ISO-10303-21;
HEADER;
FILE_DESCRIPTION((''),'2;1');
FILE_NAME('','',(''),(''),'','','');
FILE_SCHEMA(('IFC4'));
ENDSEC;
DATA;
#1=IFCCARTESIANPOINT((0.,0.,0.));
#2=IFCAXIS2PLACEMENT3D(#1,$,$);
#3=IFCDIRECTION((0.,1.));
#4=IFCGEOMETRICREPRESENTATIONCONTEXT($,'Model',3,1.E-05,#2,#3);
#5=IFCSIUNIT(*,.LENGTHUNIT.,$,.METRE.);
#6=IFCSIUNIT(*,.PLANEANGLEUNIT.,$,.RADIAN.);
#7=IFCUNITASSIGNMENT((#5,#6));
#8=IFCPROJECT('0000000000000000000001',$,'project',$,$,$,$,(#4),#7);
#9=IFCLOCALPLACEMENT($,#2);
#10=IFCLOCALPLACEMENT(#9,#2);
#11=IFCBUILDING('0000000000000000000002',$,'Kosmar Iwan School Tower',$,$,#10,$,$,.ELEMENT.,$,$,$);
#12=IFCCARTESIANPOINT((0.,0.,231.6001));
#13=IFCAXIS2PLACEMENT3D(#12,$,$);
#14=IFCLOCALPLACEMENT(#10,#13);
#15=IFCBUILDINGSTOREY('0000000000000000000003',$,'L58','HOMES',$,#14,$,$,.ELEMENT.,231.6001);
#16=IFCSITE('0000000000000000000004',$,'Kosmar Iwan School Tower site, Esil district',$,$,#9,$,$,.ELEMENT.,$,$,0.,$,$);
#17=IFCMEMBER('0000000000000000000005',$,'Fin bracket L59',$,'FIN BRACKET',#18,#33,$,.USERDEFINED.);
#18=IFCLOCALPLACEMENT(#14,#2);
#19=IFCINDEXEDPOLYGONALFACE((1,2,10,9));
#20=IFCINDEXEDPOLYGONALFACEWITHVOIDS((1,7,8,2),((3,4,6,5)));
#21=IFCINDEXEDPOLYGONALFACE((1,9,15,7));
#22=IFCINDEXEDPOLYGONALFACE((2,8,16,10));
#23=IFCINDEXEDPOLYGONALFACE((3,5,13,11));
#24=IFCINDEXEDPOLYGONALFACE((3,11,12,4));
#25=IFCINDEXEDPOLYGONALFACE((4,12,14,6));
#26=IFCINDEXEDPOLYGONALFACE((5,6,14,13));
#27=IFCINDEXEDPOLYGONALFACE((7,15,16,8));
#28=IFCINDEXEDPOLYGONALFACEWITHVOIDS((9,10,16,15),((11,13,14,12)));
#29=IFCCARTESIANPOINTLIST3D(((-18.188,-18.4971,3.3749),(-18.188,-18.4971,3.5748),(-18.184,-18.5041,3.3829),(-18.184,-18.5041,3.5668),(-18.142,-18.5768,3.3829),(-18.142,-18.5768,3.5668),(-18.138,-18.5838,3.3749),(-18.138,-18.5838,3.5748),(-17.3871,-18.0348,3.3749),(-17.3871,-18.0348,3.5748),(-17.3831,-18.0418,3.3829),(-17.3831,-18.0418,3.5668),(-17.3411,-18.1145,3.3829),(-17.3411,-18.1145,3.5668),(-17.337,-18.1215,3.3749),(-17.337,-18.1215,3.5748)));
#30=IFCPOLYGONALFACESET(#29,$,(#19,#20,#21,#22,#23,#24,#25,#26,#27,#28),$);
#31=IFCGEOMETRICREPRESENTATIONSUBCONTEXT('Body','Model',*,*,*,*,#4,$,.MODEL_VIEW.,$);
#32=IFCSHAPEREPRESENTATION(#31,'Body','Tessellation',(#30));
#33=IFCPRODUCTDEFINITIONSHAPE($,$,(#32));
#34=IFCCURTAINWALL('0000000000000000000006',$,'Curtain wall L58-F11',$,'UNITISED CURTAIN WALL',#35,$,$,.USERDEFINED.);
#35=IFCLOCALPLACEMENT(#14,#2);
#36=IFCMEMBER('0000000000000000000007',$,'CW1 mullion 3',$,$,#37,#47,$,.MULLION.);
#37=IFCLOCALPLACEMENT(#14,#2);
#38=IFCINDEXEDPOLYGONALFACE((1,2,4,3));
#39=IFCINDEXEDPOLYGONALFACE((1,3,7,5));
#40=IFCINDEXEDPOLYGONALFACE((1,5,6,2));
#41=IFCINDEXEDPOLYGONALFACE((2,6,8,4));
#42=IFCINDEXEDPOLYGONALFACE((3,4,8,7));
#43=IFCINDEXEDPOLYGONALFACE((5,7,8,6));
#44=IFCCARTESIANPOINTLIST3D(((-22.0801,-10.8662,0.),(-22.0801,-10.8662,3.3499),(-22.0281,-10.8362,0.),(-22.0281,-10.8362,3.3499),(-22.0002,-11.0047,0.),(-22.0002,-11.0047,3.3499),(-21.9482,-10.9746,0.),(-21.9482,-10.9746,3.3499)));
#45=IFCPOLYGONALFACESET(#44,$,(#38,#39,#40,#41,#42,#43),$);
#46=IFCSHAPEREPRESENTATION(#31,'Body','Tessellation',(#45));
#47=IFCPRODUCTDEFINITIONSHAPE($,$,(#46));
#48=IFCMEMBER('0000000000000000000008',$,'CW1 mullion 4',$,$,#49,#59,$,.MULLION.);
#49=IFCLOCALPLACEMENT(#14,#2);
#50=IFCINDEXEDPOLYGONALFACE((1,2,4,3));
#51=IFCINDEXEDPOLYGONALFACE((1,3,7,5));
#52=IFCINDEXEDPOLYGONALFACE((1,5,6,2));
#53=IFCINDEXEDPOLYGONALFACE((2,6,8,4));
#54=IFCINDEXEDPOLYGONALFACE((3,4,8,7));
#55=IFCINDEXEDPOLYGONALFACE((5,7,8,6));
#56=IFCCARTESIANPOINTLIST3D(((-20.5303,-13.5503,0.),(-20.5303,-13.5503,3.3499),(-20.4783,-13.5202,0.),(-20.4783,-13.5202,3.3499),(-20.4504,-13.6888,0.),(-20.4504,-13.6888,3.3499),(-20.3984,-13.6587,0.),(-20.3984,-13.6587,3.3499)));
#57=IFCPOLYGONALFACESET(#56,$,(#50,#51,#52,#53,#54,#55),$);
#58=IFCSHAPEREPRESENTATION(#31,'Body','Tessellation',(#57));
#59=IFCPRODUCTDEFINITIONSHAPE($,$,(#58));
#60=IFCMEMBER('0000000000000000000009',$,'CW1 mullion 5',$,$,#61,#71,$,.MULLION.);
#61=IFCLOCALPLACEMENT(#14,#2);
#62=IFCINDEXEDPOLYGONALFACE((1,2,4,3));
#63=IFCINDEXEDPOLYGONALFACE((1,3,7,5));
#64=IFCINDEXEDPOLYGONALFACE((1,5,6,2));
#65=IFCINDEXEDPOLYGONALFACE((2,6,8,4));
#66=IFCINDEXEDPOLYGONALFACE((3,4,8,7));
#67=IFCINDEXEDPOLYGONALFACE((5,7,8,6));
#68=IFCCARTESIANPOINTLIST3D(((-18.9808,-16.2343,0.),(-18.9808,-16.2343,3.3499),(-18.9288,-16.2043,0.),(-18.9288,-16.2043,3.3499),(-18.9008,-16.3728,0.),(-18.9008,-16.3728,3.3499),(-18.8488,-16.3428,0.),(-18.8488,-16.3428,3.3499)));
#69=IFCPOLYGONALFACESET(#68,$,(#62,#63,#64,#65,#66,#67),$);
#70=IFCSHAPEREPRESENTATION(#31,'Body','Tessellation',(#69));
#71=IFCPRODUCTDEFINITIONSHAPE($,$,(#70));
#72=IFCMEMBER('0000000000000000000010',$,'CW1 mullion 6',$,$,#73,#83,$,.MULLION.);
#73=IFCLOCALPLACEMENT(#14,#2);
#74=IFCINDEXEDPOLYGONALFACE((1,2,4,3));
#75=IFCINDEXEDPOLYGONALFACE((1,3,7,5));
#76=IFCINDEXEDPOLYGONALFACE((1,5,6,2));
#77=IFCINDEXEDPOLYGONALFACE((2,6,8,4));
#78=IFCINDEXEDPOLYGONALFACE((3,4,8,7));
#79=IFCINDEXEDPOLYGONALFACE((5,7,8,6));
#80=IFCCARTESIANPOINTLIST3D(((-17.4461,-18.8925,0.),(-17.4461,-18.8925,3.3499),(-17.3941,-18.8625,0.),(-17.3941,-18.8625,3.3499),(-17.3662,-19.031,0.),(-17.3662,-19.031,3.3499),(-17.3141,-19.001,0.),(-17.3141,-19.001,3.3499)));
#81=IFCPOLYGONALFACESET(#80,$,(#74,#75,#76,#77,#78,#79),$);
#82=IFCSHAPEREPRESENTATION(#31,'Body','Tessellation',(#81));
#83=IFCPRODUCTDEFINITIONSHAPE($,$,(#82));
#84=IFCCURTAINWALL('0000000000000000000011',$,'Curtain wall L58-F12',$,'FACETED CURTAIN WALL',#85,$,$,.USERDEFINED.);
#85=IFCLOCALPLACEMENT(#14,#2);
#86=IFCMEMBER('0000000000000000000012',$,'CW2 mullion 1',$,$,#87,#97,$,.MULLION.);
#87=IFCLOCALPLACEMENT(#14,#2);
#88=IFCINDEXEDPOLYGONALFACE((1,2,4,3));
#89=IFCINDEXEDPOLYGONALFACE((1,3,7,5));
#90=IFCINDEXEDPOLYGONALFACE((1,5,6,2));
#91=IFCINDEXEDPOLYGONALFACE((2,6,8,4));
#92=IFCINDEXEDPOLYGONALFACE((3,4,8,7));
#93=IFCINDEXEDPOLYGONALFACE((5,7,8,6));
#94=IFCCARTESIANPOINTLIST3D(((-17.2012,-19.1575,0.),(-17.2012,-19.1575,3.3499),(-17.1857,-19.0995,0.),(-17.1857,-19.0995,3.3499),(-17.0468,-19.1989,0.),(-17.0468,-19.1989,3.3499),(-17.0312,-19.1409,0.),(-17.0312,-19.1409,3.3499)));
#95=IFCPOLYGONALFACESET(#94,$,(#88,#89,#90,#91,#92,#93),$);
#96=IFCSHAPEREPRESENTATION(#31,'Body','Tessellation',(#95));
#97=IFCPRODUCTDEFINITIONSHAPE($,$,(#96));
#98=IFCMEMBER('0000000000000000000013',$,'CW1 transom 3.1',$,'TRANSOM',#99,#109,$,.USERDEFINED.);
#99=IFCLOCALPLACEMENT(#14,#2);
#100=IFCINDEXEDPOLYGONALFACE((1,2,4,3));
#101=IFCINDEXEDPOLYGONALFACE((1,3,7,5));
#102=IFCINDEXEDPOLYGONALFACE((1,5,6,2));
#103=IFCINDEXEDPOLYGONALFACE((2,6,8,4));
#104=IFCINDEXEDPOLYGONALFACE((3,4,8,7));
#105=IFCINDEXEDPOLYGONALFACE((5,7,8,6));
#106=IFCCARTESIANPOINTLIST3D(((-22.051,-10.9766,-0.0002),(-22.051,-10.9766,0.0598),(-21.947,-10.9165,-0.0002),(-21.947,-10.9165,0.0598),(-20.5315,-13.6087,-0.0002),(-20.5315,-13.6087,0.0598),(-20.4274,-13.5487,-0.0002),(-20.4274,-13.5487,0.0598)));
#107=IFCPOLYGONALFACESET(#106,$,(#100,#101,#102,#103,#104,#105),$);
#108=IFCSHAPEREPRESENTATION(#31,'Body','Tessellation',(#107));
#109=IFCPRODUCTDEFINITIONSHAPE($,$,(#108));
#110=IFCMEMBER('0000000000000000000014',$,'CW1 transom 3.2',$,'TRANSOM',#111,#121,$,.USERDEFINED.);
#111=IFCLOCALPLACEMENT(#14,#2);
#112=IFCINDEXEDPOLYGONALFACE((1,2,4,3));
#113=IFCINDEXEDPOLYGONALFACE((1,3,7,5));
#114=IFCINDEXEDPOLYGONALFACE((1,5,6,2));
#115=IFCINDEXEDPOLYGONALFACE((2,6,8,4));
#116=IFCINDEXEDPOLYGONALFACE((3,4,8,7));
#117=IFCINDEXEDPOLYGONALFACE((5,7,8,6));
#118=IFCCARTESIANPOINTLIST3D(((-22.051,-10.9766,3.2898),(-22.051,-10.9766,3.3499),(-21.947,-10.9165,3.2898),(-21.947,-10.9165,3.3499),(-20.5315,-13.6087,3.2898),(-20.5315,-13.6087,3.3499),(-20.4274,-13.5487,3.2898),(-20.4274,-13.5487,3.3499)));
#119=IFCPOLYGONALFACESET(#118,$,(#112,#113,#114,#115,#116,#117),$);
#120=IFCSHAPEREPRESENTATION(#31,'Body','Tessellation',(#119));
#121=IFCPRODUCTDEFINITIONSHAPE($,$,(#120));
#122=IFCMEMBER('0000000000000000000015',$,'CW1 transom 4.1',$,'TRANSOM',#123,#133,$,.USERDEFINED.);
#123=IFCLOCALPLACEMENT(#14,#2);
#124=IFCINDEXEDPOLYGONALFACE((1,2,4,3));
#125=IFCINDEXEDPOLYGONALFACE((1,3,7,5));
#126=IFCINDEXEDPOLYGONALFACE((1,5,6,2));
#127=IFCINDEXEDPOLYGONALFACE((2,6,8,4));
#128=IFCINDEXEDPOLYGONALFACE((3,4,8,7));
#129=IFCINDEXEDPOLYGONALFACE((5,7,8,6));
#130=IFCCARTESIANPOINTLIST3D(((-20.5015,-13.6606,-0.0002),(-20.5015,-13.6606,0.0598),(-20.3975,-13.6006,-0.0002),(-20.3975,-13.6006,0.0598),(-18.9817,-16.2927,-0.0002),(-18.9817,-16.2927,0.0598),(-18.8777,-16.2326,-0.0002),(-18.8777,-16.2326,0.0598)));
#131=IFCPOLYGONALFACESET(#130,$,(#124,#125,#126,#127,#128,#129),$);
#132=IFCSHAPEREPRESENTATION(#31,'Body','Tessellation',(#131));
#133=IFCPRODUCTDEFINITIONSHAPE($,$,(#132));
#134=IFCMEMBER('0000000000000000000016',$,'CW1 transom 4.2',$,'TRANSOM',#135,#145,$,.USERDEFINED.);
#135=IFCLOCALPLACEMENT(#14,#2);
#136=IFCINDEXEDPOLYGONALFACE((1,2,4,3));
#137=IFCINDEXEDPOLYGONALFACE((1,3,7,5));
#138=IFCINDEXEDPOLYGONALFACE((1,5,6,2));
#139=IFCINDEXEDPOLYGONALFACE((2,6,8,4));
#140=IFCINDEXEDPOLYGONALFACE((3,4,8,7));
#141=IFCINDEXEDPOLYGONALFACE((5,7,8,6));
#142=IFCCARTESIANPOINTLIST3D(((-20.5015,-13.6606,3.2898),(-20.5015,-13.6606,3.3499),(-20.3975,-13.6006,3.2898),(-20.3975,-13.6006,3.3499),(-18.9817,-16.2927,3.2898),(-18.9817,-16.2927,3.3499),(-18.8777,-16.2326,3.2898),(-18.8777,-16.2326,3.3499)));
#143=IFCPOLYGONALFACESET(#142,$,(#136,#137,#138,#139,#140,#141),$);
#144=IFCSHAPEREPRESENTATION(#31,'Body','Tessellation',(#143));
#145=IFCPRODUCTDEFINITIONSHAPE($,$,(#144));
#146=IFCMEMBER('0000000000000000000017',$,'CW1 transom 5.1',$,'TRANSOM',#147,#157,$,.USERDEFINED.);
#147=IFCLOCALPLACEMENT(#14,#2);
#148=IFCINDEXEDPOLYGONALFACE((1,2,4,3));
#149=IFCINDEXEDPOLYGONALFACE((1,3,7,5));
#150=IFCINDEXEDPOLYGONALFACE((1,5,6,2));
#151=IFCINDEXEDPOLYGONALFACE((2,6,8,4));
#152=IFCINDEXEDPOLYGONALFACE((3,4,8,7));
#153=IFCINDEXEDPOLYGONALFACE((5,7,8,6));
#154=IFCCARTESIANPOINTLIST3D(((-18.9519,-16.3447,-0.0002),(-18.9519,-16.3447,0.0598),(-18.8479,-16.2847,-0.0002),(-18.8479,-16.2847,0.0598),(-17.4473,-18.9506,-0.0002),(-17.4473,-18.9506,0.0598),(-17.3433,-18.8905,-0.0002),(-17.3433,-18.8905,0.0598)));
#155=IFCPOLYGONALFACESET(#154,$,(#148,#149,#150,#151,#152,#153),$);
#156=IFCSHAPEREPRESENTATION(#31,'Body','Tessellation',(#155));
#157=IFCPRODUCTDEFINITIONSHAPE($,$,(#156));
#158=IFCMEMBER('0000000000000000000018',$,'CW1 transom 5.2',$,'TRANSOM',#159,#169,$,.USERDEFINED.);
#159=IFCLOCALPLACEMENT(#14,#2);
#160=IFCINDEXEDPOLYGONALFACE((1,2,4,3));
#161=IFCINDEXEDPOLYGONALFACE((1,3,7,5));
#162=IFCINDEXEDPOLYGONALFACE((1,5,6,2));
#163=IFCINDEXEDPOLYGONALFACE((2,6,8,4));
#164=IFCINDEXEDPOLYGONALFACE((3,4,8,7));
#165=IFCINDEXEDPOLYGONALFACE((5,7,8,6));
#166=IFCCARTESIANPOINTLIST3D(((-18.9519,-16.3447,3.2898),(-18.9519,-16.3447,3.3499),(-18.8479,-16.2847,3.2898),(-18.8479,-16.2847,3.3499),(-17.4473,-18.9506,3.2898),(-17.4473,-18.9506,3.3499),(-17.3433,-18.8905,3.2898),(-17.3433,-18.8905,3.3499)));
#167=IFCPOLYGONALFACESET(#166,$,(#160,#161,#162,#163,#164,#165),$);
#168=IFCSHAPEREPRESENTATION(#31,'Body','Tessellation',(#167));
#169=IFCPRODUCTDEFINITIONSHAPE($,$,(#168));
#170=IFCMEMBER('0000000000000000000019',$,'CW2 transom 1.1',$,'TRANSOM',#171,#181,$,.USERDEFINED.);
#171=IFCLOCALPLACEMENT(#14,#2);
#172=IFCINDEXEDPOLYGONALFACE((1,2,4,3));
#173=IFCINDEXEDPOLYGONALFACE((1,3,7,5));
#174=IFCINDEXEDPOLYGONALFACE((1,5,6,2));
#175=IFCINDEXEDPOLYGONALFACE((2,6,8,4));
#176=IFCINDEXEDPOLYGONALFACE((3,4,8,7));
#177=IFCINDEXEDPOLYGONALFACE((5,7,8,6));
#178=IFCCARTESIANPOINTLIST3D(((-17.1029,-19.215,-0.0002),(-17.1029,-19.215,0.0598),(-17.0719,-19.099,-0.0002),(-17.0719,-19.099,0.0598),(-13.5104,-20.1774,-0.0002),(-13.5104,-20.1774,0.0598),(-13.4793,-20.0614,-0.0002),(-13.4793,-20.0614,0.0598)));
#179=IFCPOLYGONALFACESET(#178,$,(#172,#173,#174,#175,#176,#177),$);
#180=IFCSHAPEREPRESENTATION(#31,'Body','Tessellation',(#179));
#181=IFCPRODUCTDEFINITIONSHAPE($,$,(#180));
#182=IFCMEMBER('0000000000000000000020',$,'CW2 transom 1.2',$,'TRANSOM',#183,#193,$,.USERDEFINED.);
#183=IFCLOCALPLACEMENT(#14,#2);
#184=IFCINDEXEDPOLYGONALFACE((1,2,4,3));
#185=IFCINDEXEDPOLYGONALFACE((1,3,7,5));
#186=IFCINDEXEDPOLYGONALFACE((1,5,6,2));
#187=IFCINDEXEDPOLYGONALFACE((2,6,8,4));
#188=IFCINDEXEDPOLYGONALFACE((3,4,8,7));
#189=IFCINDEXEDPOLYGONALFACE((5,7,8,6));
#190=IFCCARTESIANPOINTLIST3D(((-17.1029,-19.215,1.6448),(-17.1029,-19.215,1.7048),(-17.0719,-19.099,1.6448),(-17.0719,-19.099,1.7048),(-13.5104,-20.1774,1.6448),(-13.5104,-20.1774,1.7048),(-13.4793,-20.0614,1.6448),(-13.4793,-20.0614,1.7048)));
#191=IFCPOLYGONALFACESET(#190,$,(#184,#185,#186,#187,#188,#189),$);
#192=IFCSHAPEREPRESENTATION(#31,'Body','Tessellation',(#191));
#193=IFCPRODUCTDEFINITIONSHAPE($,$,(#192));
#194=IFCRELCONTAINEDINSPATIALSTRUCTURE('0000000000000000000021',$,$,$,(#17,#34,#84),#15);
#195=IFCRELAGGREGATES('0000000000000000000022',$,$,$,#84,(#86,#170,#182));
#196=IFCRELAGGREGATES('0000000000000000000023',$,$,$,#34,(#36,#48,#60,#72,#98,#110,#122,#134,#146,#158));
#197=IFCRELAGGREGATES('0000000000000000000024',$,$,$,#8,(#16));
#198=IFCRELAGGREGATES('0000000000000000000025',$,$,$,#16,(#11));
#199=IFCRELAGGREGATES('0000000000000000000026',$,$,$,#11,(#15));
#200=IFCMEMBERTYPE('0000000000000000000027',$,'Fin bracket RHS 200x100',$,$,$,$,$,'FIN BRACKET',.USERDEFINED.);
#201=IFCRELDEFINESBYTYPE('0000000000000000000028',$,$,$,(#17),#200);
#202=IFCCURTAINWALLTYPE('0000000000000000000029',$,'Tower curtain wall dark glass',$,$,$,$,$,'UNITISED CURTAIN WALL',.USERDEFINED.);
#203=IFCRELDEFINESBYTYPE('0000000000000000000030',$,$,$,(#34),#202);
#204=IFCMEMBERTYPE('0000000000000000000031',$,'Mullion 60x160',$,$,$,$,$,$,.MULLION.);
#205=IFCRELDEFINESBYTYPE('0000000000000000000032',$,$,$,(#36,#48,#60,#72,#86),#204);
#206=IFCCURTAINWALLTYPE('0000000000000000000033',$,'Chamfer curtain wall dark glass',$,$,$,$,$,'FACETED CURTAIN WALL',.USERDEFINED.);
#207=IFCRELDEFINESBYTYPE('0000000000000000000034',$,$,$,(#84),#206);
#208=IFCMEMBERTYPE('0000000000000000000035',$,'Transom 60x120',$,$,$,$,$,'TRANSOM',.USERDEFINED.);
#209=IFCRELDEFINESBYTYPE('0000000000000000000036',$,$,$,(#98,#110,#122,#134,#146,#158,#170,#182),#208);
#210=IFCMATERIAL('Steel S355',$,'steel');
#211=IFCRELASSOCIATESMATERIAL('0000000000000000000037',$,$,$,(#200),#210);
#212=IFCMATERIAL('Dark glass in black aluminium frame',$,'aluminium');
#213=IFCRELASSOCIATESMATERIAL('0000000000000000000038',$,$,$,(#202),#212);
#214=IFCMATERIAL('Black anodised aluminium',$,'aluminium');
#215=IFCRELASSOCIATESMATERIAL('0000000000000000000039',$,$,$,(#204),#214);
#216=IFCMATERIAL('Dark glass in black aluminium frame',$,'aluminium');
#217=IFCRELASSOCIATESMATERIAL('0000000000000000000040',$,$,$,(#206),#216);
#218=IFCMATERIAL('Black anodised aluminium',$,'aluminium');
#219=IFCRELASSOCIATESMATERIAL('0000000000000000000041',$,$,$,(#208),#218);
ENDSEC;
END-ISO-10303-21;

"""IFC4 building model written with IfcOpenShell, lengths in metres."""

from ifc_helpers import new_model, si_unit, direction, frame, origin, origin_2d, place, context, subcontext, project, spatial, rectangle, hollow_rectangle, extrude, material, material_profile, profile_set, type_object, element, aggregate, save


model = new_model("IFC4")

# Units and contexts
model_context = context("Model", 3, precision=1e-05, world=origin(), true_north=direction((0.0, 1.0)))
body_context = subcontext(model_context, "Body", "Model", "MODEL_VIEW")
ifc_project = project(units=[si_unit("LENGTHUNIT", "METRE"), si_unit("PLANEANGLEUNIT", "RADIAN")], contexts=[model_context])

# Site, building, storey
site_placement = place(None, origin())
site = spatial("IfcSite", under=ifc_project, at=site_placement, Name="Kosmar Iwan School Tower site, Esil district", CompositionType="ELEMENT", RefElevation=0.0)
building_placement = place(site_placement, origin())
building = spatial("IfcBuilding", under=site, at=building_placement, Name="Kosmar Iwan School Tower", CompositionType="ELEMENT")
storey_placement = place(building_placement, frame((0.0, 0.0, 231.6001)))
storey = spatial("IfcBuildingStorey", under=building, at=storey_placement, Name="L58", Description="HOMES", CompositionType="ELEMENT", Elevation=231.6001)

# Member
ifc_material_1 = material(Name="Steel S355", Category="steel")
ifc_material_profile_1 = material_profile(ifc_material_1, hollow_rectangle(XDim=0.1001, YDim=0.2, WallThickness=0.0081, at=origin_2d()), Name="RHS 200x100x8")
ifc_profile_set_1 = profile_set([ifc_material_profile_1], Name="Steel S355")
member_type_1 = type_object("IfcMemberType", Name="Fin bracket RHS 200x100", ElementType="FIN BRACKET", PredefinedType="USERDEFINED", material=ifc_profile_set_1)
member_1_placement = place(storey_placement, frame((-17.3621, -18.0781, 3.4749), z_axis=(-0.866058, -0.499943, 0.0), x_axis=(0.499943, -0.866058, 0.0)))
element("IfcMember", 1, at=member_1_placement, inside=storey, type_object=member_type_1, Name="Fin bracket L59", ObjectType="FIN BRACKET", PredefinedType="USERDEFINED", context=body_context, shape_type="SweptSolid", body=[
    extrude(hollow_rectangle(XDim=0.1001, YDim=0.2, WallThickness=0.0081, at=origin_2d()), origin(), (0.0, 0.0, 1.0), 0.9248),
])

# Curtain wall, members
ifc_material_2 = material(Name="Dark glass in black aluminium frame", Category="aluminium")
curtain_wall_type_1 = type_object("IfcCurtainWallType", Name="Tower curtain wall dark glass", ElementType="UNITISED CURTAIN WALL", PredefinedType="USERDEFINED", material=ifc_material_2)
curtain_wall_1_placement = place(storey_placement, origin())
curtain_wall_1 = element("IfcCurtainWall", 2, at=curtain_wall_1_placement, inside=storey, type_object=curtain_wall_type_1, Name="Curtain wall L58-F11", ObjectType="UNITISED CURTAIN WALL", PredefinedType="USERDEFINED")
ifc_material_3 = material(Name="Black anodised aluminium", Category="aluminium")
ifc_material_profile_2 = material_profile(ifc_material_3, rectangle(XDim=0.0601, YDim=0.1599, at=origin_2d()), Name="MULLION 60x160")
ifc_profile_set_2 = profile_set([ifc_material_profile_2], Name="Black anodised aluminium")
member_type_2 = type_object("IfcMemberType", Name="Mullion 60x160", PredefinedType="MULLION", material=ifc_profile_set_2)
member_2_placement = place(storey_placement, frame((-22.0142, -10.9204, 0.0), z_axis=(0.0, 0.0, 1.0), x_axis=(0.866025, 0.5, 0.0)))
member_2 = element("IfcMember", 3, at=member_2_placement, type_object=member_type_2, Name="CW1 mullion 3", PredefinedType="MULLION", context=body_context, shape_type="SweptSolid", body=[
    extrude(rectangle(XDim=0.0601, YDim=0.1599, at=origin_2d()), origin(), (0.0, 0.0, 1.0), 3.3499),
])
member_3_placement = place(storey_placement, frame((-20.4644, -13.6045, 0.0), z_axis=(0.0, 0.0, 1.0), x_axis=(0.866025, 0.5, 0.0)))
member_3 = element("IfcMember", 4, at=member_3_placement, type_object=member_type_2, Name="CW1 mullion 4", PredefinedType="MULLION", context=body_context, shape_type="SweptSolid", body=[
    extrude(rectangle(XDim=0.0601, YDim=0.1599, at=origin_2d()), origin(), (0.0, 0.0, 1.0), 3.3499),
])
member_4_placement = place(storey_placement, frame((-18.9148, -16.2886, 0.0), z_axis=(0.0, 0.0, 1.0), x_axis=(0.866025, 0.5, 0.0)))
member_4 = element("IfcMember", 5, at=member_4_placement, type_object=member_type_2, Name="CW1 mullion 5", PredefinedType="MULLION", context=body_context, shape_type="SweptSolid", body=[
    extrude(rectangle(XDim=0.0601, YDim=0.1599, at=origin_2d()), origin(), (0.0, 0.0, 1.0), 3.3499),
])
member_5_placement = place(storey_placement, frame((-17.3801, -18.9468, 0.0), z_axis=(0.0, 0.0, 1.0), x_axis=(0.866025, 0.5, 0.0)))
member_5 = element("IfcMember", 6, at=member_5_placement, type_object=member_type_2, Name="CW1 mullion 6", PredefinedType="MULLION", context=body_context, shape_type="SweptSolid", body=[
    extrude(rectangle(XDim=0.0601, YDim=0.1599, at=origin_2d()), origin(), (0.0, 0.0, 1.0), 3.3499),
])

# Curtain wall, member
ifc_material_4 = material(Name="Dark glass in black aluminium frame", Category="aluminium")
curtain_wall_type_2 = type_object("IfcCurtainWallType", Name="Chamfer curtain wall dark glass", ElementType="FACETED CURTAIN WALL", PredefinedType="USERDEFINED", material=ifc_material_4)
curtain_wall_2_placement = place(storey_placement, origin())
curtain_wall_2 = element("IfcCurtainWall", 7, at=curtain_wall_2_placement, inside=storey, type_object=curtain_wall_type_2, Name="Curtain wall L58-F12", ObjectType="FACETED CURTAIN WALL", PredefinedType="USERDEFINED")
member_6_placement = place(storey_placement, frame((-17.1162, -19.1492, 0.0), z_axis=(0.0, 0.0, 1.0), x_axis=(0.258819, 0.965926, 0.0)))
member_6 = element("IfcMember", 8, at=member_6_placement, type_object=member_type_2, Name="CW2 mullion 1", PredefinedType="MULLION", context=body_context, shape_type="SweptSolid", body=[
    extrude(rectangle(XDim=0.0601, YDim=0.1599, at=origin_2d()), origin(), (0.0, 0.0, 1.0), 3.3499),
])

# Members
ifc_material_5 = material(Name="Black anodised aluminium", Category="aluminium")
ifc_material_profile_3 = material_profile(ifc_material_5, rectangle(XDim=0.1201, YDim=0.0601, at=origin_2d()), Name="TRANSOM 60x120")
ifc_profile_set_3 = profile_set([ifc_material_profile_3], Name="Black anodised aluminium")
member_type_3 = type_object("IfcMemberType", Name="Transom 60x120", ElementType="TRANSOM", PredefinedType="USERDEFINED", material=ifc_profile_set_3)
member_7_placement = place(storey_placement, frame((-21.999, -10.9465, 0.0298), z_axis=(0.499975, -0.86604, 0.0), x_axis=(0.86604, 0.499975, 0.0)))
member_7 = element("IfcMember", 9, at=member_7_placement, type_object=member_type_3, Name="CW1 transom 3.1", ObjectType="TRANSOM", PredefinedType="USERDEFINED", context=body_context, shape_type="SweptSolid", body=[
    extrude(rectangle(XDim=0.1201, YDim=0.0601, at=origin_2d()), origin(), (0.0, 0.0, 1.0), 3.0393),
])
member_8_placement = place(storey_placement, frame((-21.999, -10.9465, 3.3198), z_axis=(0.499975, -0.86604, 0.0), x_axis=(0.86604, 0.499975, 0.0)))
member_8 = element("IfcMember", 10, at=member_8_placement, type_object=member_type_3, Name="CW1 transom 3.2", ObjectType="TRANSOM", PredefinedType="USERDEFINED", context=body_context, shape_type="SweptSolid", body=[
    extrude(rectangle(XDim=0.1201, YDim=0.0601, at=origin_2d()), origin(), (0.0, 0.0, 1.0), 3.0393),
])
member_9_placement = place(storey_placement, frame((-20.4495, -13.6306, 0.0298), z_axis=(0.500035, -0.866005, 0.0), x_axis=(0.866005, 0.500035, 0.0)))
member_9 = element("IfcMember", 11, at=member_9_placement, type_object=member_type_3, Name="CW1 transom 4.1", ObjectType="TRANSOM", PredefinedType="USERDEFINED", context=body_context, shape_type="SweptSolid", body=[
    extrude(rectangle(XDim=0.1201, YDim=0.0601, at=origin_2d()), origin(), (0.0, 0.0, 1.0), 3.0393),
])
member_10_placement = place(storey_placement, frame((-20.4495, -13.6306, 3.3198), z_axis=(0.500035, -0.866005, 0.0), x_axis=(0.866005, 0.500035, 0.0)))
member_10 = element("IfcMember", 12, at=member_10_placement, type_object=member_type_3, Name="CW1 transom 4.2", ObjectType="TRANSOM", PredefinedType="USERDEFINED", context=body_context, shape_type="SweptSolid", body=[
    extrude(rectangle(XDim=0.1201, YDim=0.0601, at=origin_2d()), origin(), (0.0, 0.0, 1.0), 3.0393),
])
member_11_placement = place(storey_placement, frame((-18.8999, -16.3147, 0.0298), z_axis=(0.500022, -0.866013, 0.0), x_axis=(0.866013, 0.500022, 0.0)))
member_11 = element("IfcMember", 13, at=member_11_placement, type_object=member_type_3, Name="CW1 transom 5.1", ObjectType="TRANSOM", PredefinedType="USERDEFINED", context=body_context, shape_type="SweptSolid", body=[
    extrude(rectangle(XDim=0.1201, YDim=0.0601, at=origin_2d()), origin(), (0.0, 0.0, 1.0), 3.009),
])
member_12_placement = place(storey_placement, frame((-18.8999, -16.3147, 3.3198), z_axis=(0.500022, -0.866013, 0.0), x_axis=(0.866013, 0.500022, 0.0)))
member_12 = element("IfcMember", 14, at=member_12_placement, type_object=member_type_3, Name="CW1 transom 5.2", ObjectType="TRANSOM", PredefinedType="USERDEFINED", context=body_context, shape_type="SweptSolid", body=[
    extrude(rectangle(XDim=0.1201, YDim=0.0601, at=origin_2d()), origin(), (0.0, 0.0, 1.0), 3.009),
])
member_13_placement = place(storey_placement, frame((-17.0874, -19.157, 0.0298), z_axis=(0.96594, -0.258766, 0.0), x_axis=(0.258766, 0.96594, 0.0)))
member_13 = element("IfcMember", 15, at=member_13_placement, type_object=member_type_3, Name="CW2 transom 1.1", ObjectType="TRANSOM", PredefinedType="USERDEFINED", context=body_context, shape_type="SweptSolid", body=[
    extrude(rectangle(XDim=0.1201, YDim=0.0601, at=origin_2d()), origin(), (0.0, 0.0, 1.0), 3.7192),
])
member_14_placement = place(storey_placement, frame((-17.0874, -19.157, 1.6748), z_axis=(0.96594, -0.258766, 0.0), x_axis=(0.258766, 0.96594, 0.0)))
member_14 = element("IfcMember", 16, at=member_14_placement, type_object=member_type_3, Name="CW2 transom 1.2", ObjectType="TRANSOM", PredefinedType="USERDEFINED", context=body_context, shape_type="SweptSolid", body=[
    extrude(rectangle(XDim=0.1201, YDim=0.0601, at=origin_2d()), origin(), (0.0, 0.0, 1.0), 3.7192),
])
aggregate(curtain_wall_2, [member_6, member_13, member_14])

aggregate(curtain_wall_1, [member_2, member_3, member_4, member_5, member_7, member_8, member_9, member_10, member_11, member_12])

save(model, "model.ifc")
